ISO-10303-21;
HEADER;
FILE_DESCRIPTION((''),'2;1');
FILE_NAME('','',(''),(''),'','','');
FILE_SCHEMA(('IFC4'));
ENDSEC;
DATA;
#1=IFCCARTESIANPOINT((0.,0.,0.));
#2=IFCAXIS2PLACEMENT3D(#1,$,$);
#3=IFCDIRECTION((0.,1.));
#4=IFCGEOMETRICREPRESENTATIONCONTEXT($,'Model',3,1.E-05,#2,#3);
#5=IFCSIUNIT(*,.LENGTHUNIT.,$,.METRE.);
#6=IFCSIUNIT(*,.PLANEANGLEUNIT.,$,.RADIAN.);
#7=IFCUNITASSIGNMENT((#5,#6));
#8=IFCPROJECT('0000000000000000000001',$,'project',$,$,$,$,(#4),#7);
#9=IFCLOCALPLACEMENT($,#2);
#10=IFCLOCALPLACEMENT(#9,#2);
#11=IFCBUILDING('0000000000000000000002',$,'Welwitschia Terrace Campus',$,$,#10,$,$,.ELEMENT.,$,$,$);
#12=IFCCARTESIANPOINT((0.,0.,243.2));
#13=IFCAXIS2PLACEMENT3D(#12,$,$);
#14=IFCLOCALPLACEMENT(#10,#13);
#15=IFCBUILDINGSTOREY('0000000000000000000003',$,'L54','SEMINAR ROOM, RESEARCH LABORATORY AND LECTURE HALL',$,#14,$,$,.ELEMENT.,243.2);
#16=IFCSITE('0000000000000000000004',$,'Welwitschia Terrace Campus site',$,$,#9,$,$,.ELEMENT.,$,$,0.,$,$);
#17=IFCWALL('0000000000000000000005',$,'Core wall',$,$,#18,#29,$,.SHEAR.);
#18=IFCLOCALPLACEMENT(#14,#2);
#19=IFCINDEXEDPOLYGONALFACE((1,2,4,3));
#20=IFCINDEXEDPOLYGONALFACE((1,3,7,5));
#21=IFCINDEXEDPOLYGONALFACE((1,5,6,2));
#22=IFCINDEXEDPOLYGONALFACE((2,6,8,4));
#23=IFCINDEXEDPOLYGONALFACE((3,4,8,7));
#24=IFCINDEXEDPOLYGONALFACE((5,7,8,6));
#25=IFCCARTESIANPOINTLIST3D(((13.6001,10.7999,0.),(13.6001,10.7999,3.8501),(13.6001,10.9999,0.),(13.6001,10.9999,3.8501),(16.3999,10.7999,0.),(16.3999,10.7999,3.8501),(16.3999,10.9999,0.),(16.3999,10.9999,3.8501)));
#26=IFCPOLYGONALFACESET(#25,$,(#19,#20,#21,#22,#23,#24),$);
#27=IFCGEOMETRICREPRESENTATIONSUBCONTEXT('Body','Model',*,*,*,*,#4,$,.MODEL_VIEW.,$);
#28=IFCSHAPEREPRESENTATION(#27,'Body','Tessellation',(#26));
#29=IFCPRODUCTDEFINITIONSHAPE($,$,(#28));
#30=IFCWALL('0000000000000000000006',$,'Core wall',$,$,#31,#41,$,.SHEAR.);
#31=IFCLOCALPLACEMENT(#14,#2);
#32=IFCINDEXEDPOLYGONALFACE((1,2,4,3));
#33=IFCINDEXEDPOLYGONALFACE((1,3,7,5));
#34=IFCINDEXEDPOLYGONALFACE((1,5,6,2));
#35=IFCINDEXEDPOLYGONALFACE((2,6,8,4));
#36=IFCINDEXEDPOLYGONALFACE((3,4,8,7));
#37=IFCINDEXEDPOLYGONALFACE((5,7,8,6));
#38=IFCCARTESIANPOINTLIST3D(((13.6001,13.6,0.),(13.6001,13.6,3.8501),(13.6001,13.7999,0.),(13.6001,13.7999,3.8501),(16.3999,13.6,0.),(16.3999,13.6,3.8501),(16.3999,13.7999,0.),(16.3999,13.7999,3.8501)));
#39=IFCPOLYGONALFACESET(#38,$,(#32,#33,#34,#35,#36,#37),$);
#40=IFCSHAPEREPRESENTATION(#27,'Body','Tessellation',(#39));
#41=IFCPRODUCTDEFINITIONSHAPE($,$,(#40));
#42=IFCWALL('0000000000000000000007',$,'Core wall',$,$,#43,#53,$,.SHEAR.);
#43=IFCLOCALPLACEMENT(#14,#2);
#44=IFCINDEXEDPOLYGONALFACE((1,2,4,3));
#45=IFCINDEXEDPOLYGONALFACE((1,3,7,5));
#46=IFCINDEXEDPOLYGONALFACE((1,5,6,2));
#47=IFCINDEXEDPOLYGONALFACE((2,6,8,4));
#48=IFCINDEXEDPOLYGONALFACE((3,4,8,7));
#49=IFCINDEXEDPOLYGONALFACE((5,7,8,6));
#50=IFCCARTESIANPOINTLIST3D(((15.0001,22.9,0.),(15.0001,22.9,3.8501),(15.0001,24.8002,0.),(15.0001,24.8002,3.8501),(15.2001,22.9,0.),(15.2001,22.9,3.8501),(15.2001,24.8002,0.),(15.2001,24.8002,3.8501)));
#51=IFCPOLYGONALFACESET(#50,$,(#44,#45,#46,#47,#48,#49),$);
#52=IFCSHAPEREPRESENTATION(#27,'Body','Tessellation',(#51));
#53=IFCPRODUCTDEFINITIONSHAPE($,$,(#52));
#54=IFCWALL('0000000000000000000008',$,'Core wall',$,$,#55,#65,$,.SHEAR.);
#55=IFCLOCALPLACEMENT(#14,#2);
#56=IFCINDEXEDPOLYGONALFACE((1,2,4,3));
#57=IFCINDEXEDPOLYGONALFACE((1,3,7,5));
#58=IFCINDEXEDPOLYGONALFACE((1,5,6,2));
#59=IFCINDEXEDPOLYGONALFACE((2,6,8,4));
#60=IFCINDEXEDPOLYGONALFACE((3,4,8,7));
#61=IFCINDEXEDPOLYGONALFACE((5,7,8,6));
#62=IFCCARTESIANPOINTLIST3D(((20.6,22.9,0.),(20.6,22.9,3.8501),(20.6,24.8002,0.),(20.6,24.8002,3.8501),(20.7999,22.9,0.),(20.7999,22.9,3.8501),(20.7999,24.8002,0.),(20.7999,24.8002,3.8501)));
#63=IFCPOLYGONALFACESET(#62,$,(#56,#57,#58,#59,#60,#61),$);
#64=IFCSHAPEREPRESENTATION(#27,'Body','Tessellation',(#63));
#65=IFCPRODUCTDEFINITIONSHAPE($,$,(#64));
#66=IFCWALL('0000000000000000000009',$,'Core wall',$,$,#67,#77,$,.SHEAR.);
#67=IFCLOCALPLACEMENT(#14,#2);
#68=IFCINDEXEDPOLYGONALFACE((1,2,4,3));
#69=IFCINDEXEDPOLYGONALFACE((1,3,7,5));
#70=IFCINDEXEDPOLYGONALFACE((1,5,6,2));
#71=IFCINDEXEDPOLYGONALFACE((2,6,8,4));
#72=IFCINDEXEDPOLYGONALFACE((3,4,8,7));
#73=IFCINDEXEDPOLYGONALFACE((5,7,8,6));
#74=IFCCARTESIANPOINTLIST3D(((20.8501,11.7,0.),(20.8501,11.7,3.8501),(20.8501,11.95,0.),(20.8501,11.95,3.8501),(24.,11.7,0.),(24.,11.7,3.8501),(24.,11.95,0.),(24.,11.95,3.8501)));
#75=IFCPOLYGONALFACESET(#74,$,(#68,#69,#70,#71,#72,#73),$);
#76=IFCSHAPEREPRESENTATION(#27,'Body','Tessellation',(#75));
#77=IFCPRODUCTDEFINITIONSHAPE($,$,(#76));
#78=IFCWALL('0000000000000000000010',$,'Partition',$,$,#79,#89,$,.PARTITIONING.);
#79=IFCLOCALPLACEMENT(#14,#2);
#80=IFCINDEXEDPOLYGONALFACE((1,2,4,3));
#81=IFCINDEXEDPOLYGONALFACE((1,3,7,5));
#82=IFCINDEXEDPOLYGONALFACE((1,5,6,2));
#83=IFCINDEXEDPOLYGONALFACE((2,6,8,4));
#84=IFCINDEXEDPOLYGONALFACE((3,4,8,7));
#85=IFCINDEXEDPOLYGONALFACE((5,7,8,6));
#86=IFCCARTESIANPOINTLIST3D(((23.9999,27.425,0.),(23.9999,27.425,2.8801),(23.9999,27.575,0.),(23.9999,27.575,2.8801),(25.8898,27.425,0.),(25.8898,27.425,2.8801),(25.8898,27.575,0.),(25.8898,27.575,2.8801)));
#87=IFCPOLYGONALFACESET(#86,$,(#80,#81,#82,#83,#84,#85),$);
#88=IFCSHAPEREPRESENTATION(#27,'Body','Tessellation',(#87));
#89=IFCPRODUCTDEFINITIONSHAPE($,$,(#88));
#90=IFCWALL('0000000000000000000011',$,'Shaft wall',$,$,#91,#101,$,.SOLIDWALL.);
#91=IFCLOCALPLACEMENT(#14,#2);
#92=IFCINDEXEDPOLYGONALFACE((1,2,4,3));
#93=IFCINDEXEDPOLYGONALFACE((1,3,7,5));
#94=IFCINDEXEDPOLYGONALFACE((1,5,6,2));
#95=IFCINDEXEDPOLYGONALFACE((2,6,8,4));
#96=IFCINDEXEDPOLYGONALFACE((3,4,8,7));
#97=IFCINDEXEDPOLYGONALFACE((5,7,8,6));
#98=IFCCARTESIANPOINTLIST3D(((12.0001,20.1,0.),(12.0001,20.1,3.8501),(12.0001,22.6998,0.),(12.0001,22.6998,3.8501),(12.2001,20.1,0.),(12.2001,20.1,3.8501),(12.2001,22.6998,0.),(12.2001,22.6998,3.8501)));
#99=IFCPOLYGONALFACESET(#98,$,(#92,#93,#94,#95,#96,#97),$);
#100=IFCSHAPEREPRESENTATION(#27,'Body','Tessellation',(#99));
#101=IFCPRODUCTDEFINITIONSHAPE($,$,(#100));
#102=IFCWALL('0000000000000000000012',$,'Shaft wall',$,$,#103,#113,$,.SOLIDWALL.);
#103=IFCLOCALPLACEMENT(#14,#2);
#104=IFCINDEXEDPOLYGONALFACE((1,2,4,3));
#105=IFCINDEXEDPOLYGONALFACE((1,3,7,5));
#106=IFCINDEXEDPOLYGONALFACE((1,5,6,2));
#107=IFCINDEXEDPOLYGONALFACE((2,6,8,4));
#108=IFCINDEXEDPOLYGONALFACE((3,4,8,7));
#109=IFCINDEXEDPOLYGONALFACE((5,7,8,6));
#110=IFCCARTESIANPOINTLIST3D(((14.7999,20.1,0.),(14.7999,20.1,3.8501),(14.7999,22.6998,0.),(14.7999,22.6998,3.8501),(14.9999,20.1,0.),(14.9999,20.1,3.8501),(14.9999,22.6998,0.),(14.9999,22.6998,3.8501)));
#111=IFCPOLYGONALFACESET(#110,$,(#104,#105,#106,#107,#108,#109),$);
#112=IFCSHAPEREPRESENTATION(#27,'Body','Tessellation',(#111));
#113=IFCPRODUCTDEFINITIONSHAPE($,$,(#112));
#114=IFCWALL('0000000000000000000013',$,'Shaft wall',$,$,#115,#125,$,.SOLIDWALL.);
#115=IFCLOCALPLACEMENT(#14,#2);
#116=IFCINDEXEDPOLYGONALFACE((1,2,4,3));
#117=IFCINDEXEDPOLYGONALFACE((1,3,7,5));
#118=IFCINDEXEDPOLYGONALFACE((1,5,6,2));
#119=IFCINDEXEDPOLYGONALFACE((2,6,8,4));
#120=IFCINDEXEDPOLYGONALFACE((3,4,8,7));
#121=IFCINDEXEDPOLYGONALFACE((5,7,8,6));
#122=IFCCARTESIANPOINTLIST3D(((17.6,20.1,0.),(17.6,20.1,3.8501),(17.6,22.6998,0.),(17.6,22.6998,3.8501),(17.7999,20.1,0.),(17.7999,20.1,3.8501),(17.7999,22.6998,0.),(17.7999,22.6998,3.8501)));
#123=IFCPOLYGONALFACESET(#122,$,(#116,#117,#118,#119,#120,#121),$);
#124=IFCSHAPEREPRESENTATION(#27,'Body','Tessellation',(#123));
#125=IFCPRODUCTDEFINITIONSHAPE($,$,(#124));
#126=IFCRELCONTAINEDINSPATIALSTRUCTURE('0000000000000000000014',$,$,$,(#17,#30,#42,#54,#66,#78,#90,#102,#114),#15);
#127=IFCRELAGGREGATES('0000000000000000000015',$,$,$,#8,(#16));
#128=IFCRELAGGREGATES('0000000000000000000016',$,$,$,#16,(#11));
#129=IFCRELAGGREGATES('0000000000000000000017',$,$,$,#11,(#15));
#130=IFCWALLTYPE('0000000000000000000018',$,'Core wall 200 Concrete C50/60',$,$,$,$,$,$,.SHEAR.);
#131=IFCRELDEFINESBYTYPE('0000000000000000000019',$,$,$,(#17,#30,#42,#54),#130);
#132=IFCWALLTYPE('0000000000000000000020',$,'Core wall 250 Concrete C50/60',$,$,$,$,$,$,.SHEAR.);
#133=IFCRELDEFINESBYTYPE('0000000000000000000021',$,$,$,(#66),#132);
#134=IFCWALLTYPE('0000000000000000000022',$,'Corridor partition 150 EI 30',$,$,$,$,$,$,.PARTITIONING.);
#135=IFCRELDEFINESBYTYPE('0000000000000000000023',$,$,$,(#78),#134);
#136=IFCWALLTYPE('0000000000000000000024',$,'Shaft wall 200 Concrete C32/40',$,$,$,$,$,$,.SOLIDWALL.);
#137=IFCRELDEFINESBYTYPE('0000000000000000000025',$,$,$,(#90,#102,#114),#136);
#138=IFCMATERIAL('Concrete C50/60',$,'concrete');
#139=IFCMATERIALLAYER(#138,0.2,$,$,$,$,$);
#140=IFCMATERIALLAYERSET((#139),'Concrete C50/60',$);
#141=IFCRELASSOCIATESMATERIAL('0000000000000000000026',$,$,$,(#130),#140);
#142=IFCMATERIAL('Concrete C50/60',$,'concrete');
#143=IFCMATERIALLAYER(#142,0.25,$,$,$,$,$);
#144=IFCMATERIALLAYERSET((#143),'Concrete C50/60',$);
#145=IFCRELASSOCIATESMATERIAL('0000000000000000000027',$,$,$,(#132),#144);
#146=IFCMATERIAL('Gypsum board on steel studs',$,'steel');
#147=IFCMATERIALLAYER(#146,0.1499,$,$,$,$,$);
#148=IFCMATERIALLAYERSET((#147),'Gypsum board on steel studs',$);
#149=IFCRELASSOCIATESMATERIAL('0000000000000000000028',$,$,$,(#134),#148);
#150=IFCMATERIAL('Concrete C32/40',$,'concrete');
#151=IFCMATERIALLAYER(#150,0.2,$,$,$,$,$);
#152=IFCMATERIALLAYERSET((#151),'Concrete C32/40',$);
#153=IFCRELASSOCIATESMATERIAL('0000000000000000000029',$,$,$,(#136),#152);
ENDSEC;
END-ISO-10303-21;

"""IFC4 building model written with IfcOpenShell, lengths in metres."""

from ifc_helpers import new_model, si_unit, direction, frame, frame_2d, origin, place, context, subcontext, project, spatial, rectangle, extrude, material, layer, layer_set, type_object, element, save


model = new_model("IFC4")

# Units and contexts
model_context = context("Model", 3, precision=1e-05, world=origin(), true_north=direction((0.0, 1.0)))
body_context = subcontext(model_context, "Body", "Model", "MODEL_VIEW")
ifc_project = project(units=[si_unit("LENGTHUNIT", "METRE"), si_unit("PLANEANGLEUNIT", "RADIAN")], contexts=[model_context])

# Site, building, storey
site_placement = place(None, origin())
site = spatial("IfcSite", under=ifc_project, at=site_placement, Name="Welwitschia Terrace Campus site", CompositionType="ELEMENT", RefElevation=0.0)
building_placement = place(site_placement, origin())
building = spatial("IfcBuilding", under=site, at=building_placement, Name="Welwitschia Terrace Campus", CompositionType="ELEMENT")
storey_placement = place(building_placement, frame((0.0, 0.0, 243.2)))
storey = spatial("IfcBuildingStorey", under=building, at=storey_placement, Name="L54", Description="SEMINAR ROOM, RESEARCH LABORATORY AND LECTURE HALL", CompositionType="ELEMENT", Elevation=243.2)

# Walls
ifc_material_1 = material(Name="Concrete C50/60", Category="concrete")
ifc_layer_1 = layer(ifc_material_1, 0.2)
ifc_layer_set_1 = layer_set([ifc_layer_1], Name="Concrete C50/60")
wall_type_1 = type_object("IfcWallType", Name="Core wall 200 Concrete C50/60", PredefinedType="SHEAR", material=ifc_layer_set_1)
for number, where, z_axis, x_axis, name in (
    (1, (13.6001, 10.8999, 0.0), (0.0, 0.0, 1.0), (1.0, 0.0, 0.0), "Core wall"),
    (2, (13.6001, 13.7, 0.0), (0.0, 0.0, 1.0), (1.0, 0.0, 0.0), "Core wall"),
):
    element("IfcWall", number, at=place(storey_placement, frame(where, z_axis=z_axis, x_axis=x_axis)), inside=storey, type_object=wall_type_1, Name=name, PredefinedType="SHEAR", context=body_context, shape_type="SweptSolid", body=[
        extrude(rectangle(XDim=2.7998, YDim=0.2, at=frame_2d((1.3999, 0.0))), origin(), (0.0, 0.0, 1.0), 3.8501),
    ])
for number, where, z_axis, x_axis, name in (
    (3, (15.1001, 22.8999, 0.0), (0.0, 0.0, 1.0), (0.0, 1.0, 0.0), "Core wall"),
    (4, (20.7, 22.8999, 0.0), (0.0, 0.0, 1.0), (0.0, 1.0, 0.0), "Core wall"),
):
    element("IfcWall", number, at=place(storey_placement, frame(where, z_axis=z_axis, x_axis=x_axis)), inside=storey, type_object=wall_type_1, Name=name, PredefinedType="SHEAR", context=body_context, shape_type="SweptSolid", body=[
        extrude(rectangle(XDim=1.9001, YDim=0.2, at=frame_2d((0.9502, 0.0))), origin(), (0.0, 0.0, 1.0), 3.8501),
    ])
ifc_material_2 = material(Name="Concrete C50/60", Category="concrete")
ifc_layer_2 = layer(ifc_material_2, 0.25)
ifc_layer_set_2 = layer_set([ifc_layer_2], Name="Concrete C50/60")
wall_type_2 = type_object("IfcWallType", Name="Core wall 250 Concrete C50/60", PredefinedType="SHEAR", material=ifc_layer_set_2)
wall_1_placement = place(storey_placement, frame((20.8501, 11.825, 0.0), z_axis=(0.0, 0.0, 1.0), x_axis=(1.0, 0.0, 0.0)))
element("IfcWall", 5, at=wall_1_placement, inside=storey, type_object=wall_type_2, Name="Core wall", PredefinedType="SHEAR", context=body_context, shape_type="SweptSolid", body=[
    extrude(rectangle(XDim=3.1499, YDim=0.25, at=frame_2d((1.575, 0.0))), origin(), (0.0, 0.0, 1.0), 3.8501),
])
ifc_material_3 = material(Name="Gypsum board on steel studs", Category="steel")
ifc_layer_3 = layer(ifc_material_3, 0.1499)
ifc_layer_set_3 = layer_set([ifc_layer_3], Name="Gypsum board on steel studs")
wall_type_3 = type_object("IfcWallType", Name="Corridor partition 150 EI 30", PredefinedType="PARTITIONING", material=ifc_layer_set_3)
wall_2_placement = place(storey_placement, frame((24.0, 27.5, 0.0), z_axis=(0.0, 0.0, 1.0), x_axis=(1.0, 0.0, 0.0)))
element("IfcWall", 6, at=wall_2_placement, inside=storey, type_object=wall_type_3, Name="Partition", PredefinedType="PARTITIONING", context=body_context, shape_type="SweptSolid", body=[
    extrude(rectangle(XDim=1.8899, YDim=0.1499, at=frame_2d((0.9448, 0.0))), origin(), (0.0, 0.0, 1.0), 2.8801),
])
ifc_material_4 = material(Name="Concrete C32/40", Category="concrete")
ifc_layer_4 = layer(ifc_material_4, 0.2)
ifc_layer_set_4 = layer_set([ifc_layer_4], Name="Concrete C32/40")
wall_type_4 = type_object("IfcWallType", Name="Shaft wall 200 Concrete C32/40", PredefinedType="SOLIDWALL", material=ifc_layer_set_4)
for number, where, z_axis, x_axis, name in (
    (7, (12.1001, 20.1001, 0.0), (0.0, 0.0, 1.0), (0.0, 1.0, 0.0), "Shaft wall"),
    (8, (14.8999, 20.1001, 0.0), (0.0, 0.0, 1.0), (0.0, 1.0, 0.0), "Shaft wall"),
    (9, (17.7, 20.1001, 0.0), (0.0, 0.0, 1.0), (0.0, 1.0, 0.0), "Shaft wall"),
):
    element("IfcWall", number, at=place(storey_placement, frame(where, z_axis=z_axis, x_axis=x_axis)), inside=storey, type_object=wall_type_4, Name=name, PredefinedType="SOLIDWALL", context=body_context, shape_type="SweptSolid", body=[
        extrude(rectangle(XDim=2.5999, YDim=0.2, at=frame_2d((1.2998, 0.0))), origin(), (0.0, 0.0, 1.0), 3.8501),
    ])

save(model, "model.ifc")
